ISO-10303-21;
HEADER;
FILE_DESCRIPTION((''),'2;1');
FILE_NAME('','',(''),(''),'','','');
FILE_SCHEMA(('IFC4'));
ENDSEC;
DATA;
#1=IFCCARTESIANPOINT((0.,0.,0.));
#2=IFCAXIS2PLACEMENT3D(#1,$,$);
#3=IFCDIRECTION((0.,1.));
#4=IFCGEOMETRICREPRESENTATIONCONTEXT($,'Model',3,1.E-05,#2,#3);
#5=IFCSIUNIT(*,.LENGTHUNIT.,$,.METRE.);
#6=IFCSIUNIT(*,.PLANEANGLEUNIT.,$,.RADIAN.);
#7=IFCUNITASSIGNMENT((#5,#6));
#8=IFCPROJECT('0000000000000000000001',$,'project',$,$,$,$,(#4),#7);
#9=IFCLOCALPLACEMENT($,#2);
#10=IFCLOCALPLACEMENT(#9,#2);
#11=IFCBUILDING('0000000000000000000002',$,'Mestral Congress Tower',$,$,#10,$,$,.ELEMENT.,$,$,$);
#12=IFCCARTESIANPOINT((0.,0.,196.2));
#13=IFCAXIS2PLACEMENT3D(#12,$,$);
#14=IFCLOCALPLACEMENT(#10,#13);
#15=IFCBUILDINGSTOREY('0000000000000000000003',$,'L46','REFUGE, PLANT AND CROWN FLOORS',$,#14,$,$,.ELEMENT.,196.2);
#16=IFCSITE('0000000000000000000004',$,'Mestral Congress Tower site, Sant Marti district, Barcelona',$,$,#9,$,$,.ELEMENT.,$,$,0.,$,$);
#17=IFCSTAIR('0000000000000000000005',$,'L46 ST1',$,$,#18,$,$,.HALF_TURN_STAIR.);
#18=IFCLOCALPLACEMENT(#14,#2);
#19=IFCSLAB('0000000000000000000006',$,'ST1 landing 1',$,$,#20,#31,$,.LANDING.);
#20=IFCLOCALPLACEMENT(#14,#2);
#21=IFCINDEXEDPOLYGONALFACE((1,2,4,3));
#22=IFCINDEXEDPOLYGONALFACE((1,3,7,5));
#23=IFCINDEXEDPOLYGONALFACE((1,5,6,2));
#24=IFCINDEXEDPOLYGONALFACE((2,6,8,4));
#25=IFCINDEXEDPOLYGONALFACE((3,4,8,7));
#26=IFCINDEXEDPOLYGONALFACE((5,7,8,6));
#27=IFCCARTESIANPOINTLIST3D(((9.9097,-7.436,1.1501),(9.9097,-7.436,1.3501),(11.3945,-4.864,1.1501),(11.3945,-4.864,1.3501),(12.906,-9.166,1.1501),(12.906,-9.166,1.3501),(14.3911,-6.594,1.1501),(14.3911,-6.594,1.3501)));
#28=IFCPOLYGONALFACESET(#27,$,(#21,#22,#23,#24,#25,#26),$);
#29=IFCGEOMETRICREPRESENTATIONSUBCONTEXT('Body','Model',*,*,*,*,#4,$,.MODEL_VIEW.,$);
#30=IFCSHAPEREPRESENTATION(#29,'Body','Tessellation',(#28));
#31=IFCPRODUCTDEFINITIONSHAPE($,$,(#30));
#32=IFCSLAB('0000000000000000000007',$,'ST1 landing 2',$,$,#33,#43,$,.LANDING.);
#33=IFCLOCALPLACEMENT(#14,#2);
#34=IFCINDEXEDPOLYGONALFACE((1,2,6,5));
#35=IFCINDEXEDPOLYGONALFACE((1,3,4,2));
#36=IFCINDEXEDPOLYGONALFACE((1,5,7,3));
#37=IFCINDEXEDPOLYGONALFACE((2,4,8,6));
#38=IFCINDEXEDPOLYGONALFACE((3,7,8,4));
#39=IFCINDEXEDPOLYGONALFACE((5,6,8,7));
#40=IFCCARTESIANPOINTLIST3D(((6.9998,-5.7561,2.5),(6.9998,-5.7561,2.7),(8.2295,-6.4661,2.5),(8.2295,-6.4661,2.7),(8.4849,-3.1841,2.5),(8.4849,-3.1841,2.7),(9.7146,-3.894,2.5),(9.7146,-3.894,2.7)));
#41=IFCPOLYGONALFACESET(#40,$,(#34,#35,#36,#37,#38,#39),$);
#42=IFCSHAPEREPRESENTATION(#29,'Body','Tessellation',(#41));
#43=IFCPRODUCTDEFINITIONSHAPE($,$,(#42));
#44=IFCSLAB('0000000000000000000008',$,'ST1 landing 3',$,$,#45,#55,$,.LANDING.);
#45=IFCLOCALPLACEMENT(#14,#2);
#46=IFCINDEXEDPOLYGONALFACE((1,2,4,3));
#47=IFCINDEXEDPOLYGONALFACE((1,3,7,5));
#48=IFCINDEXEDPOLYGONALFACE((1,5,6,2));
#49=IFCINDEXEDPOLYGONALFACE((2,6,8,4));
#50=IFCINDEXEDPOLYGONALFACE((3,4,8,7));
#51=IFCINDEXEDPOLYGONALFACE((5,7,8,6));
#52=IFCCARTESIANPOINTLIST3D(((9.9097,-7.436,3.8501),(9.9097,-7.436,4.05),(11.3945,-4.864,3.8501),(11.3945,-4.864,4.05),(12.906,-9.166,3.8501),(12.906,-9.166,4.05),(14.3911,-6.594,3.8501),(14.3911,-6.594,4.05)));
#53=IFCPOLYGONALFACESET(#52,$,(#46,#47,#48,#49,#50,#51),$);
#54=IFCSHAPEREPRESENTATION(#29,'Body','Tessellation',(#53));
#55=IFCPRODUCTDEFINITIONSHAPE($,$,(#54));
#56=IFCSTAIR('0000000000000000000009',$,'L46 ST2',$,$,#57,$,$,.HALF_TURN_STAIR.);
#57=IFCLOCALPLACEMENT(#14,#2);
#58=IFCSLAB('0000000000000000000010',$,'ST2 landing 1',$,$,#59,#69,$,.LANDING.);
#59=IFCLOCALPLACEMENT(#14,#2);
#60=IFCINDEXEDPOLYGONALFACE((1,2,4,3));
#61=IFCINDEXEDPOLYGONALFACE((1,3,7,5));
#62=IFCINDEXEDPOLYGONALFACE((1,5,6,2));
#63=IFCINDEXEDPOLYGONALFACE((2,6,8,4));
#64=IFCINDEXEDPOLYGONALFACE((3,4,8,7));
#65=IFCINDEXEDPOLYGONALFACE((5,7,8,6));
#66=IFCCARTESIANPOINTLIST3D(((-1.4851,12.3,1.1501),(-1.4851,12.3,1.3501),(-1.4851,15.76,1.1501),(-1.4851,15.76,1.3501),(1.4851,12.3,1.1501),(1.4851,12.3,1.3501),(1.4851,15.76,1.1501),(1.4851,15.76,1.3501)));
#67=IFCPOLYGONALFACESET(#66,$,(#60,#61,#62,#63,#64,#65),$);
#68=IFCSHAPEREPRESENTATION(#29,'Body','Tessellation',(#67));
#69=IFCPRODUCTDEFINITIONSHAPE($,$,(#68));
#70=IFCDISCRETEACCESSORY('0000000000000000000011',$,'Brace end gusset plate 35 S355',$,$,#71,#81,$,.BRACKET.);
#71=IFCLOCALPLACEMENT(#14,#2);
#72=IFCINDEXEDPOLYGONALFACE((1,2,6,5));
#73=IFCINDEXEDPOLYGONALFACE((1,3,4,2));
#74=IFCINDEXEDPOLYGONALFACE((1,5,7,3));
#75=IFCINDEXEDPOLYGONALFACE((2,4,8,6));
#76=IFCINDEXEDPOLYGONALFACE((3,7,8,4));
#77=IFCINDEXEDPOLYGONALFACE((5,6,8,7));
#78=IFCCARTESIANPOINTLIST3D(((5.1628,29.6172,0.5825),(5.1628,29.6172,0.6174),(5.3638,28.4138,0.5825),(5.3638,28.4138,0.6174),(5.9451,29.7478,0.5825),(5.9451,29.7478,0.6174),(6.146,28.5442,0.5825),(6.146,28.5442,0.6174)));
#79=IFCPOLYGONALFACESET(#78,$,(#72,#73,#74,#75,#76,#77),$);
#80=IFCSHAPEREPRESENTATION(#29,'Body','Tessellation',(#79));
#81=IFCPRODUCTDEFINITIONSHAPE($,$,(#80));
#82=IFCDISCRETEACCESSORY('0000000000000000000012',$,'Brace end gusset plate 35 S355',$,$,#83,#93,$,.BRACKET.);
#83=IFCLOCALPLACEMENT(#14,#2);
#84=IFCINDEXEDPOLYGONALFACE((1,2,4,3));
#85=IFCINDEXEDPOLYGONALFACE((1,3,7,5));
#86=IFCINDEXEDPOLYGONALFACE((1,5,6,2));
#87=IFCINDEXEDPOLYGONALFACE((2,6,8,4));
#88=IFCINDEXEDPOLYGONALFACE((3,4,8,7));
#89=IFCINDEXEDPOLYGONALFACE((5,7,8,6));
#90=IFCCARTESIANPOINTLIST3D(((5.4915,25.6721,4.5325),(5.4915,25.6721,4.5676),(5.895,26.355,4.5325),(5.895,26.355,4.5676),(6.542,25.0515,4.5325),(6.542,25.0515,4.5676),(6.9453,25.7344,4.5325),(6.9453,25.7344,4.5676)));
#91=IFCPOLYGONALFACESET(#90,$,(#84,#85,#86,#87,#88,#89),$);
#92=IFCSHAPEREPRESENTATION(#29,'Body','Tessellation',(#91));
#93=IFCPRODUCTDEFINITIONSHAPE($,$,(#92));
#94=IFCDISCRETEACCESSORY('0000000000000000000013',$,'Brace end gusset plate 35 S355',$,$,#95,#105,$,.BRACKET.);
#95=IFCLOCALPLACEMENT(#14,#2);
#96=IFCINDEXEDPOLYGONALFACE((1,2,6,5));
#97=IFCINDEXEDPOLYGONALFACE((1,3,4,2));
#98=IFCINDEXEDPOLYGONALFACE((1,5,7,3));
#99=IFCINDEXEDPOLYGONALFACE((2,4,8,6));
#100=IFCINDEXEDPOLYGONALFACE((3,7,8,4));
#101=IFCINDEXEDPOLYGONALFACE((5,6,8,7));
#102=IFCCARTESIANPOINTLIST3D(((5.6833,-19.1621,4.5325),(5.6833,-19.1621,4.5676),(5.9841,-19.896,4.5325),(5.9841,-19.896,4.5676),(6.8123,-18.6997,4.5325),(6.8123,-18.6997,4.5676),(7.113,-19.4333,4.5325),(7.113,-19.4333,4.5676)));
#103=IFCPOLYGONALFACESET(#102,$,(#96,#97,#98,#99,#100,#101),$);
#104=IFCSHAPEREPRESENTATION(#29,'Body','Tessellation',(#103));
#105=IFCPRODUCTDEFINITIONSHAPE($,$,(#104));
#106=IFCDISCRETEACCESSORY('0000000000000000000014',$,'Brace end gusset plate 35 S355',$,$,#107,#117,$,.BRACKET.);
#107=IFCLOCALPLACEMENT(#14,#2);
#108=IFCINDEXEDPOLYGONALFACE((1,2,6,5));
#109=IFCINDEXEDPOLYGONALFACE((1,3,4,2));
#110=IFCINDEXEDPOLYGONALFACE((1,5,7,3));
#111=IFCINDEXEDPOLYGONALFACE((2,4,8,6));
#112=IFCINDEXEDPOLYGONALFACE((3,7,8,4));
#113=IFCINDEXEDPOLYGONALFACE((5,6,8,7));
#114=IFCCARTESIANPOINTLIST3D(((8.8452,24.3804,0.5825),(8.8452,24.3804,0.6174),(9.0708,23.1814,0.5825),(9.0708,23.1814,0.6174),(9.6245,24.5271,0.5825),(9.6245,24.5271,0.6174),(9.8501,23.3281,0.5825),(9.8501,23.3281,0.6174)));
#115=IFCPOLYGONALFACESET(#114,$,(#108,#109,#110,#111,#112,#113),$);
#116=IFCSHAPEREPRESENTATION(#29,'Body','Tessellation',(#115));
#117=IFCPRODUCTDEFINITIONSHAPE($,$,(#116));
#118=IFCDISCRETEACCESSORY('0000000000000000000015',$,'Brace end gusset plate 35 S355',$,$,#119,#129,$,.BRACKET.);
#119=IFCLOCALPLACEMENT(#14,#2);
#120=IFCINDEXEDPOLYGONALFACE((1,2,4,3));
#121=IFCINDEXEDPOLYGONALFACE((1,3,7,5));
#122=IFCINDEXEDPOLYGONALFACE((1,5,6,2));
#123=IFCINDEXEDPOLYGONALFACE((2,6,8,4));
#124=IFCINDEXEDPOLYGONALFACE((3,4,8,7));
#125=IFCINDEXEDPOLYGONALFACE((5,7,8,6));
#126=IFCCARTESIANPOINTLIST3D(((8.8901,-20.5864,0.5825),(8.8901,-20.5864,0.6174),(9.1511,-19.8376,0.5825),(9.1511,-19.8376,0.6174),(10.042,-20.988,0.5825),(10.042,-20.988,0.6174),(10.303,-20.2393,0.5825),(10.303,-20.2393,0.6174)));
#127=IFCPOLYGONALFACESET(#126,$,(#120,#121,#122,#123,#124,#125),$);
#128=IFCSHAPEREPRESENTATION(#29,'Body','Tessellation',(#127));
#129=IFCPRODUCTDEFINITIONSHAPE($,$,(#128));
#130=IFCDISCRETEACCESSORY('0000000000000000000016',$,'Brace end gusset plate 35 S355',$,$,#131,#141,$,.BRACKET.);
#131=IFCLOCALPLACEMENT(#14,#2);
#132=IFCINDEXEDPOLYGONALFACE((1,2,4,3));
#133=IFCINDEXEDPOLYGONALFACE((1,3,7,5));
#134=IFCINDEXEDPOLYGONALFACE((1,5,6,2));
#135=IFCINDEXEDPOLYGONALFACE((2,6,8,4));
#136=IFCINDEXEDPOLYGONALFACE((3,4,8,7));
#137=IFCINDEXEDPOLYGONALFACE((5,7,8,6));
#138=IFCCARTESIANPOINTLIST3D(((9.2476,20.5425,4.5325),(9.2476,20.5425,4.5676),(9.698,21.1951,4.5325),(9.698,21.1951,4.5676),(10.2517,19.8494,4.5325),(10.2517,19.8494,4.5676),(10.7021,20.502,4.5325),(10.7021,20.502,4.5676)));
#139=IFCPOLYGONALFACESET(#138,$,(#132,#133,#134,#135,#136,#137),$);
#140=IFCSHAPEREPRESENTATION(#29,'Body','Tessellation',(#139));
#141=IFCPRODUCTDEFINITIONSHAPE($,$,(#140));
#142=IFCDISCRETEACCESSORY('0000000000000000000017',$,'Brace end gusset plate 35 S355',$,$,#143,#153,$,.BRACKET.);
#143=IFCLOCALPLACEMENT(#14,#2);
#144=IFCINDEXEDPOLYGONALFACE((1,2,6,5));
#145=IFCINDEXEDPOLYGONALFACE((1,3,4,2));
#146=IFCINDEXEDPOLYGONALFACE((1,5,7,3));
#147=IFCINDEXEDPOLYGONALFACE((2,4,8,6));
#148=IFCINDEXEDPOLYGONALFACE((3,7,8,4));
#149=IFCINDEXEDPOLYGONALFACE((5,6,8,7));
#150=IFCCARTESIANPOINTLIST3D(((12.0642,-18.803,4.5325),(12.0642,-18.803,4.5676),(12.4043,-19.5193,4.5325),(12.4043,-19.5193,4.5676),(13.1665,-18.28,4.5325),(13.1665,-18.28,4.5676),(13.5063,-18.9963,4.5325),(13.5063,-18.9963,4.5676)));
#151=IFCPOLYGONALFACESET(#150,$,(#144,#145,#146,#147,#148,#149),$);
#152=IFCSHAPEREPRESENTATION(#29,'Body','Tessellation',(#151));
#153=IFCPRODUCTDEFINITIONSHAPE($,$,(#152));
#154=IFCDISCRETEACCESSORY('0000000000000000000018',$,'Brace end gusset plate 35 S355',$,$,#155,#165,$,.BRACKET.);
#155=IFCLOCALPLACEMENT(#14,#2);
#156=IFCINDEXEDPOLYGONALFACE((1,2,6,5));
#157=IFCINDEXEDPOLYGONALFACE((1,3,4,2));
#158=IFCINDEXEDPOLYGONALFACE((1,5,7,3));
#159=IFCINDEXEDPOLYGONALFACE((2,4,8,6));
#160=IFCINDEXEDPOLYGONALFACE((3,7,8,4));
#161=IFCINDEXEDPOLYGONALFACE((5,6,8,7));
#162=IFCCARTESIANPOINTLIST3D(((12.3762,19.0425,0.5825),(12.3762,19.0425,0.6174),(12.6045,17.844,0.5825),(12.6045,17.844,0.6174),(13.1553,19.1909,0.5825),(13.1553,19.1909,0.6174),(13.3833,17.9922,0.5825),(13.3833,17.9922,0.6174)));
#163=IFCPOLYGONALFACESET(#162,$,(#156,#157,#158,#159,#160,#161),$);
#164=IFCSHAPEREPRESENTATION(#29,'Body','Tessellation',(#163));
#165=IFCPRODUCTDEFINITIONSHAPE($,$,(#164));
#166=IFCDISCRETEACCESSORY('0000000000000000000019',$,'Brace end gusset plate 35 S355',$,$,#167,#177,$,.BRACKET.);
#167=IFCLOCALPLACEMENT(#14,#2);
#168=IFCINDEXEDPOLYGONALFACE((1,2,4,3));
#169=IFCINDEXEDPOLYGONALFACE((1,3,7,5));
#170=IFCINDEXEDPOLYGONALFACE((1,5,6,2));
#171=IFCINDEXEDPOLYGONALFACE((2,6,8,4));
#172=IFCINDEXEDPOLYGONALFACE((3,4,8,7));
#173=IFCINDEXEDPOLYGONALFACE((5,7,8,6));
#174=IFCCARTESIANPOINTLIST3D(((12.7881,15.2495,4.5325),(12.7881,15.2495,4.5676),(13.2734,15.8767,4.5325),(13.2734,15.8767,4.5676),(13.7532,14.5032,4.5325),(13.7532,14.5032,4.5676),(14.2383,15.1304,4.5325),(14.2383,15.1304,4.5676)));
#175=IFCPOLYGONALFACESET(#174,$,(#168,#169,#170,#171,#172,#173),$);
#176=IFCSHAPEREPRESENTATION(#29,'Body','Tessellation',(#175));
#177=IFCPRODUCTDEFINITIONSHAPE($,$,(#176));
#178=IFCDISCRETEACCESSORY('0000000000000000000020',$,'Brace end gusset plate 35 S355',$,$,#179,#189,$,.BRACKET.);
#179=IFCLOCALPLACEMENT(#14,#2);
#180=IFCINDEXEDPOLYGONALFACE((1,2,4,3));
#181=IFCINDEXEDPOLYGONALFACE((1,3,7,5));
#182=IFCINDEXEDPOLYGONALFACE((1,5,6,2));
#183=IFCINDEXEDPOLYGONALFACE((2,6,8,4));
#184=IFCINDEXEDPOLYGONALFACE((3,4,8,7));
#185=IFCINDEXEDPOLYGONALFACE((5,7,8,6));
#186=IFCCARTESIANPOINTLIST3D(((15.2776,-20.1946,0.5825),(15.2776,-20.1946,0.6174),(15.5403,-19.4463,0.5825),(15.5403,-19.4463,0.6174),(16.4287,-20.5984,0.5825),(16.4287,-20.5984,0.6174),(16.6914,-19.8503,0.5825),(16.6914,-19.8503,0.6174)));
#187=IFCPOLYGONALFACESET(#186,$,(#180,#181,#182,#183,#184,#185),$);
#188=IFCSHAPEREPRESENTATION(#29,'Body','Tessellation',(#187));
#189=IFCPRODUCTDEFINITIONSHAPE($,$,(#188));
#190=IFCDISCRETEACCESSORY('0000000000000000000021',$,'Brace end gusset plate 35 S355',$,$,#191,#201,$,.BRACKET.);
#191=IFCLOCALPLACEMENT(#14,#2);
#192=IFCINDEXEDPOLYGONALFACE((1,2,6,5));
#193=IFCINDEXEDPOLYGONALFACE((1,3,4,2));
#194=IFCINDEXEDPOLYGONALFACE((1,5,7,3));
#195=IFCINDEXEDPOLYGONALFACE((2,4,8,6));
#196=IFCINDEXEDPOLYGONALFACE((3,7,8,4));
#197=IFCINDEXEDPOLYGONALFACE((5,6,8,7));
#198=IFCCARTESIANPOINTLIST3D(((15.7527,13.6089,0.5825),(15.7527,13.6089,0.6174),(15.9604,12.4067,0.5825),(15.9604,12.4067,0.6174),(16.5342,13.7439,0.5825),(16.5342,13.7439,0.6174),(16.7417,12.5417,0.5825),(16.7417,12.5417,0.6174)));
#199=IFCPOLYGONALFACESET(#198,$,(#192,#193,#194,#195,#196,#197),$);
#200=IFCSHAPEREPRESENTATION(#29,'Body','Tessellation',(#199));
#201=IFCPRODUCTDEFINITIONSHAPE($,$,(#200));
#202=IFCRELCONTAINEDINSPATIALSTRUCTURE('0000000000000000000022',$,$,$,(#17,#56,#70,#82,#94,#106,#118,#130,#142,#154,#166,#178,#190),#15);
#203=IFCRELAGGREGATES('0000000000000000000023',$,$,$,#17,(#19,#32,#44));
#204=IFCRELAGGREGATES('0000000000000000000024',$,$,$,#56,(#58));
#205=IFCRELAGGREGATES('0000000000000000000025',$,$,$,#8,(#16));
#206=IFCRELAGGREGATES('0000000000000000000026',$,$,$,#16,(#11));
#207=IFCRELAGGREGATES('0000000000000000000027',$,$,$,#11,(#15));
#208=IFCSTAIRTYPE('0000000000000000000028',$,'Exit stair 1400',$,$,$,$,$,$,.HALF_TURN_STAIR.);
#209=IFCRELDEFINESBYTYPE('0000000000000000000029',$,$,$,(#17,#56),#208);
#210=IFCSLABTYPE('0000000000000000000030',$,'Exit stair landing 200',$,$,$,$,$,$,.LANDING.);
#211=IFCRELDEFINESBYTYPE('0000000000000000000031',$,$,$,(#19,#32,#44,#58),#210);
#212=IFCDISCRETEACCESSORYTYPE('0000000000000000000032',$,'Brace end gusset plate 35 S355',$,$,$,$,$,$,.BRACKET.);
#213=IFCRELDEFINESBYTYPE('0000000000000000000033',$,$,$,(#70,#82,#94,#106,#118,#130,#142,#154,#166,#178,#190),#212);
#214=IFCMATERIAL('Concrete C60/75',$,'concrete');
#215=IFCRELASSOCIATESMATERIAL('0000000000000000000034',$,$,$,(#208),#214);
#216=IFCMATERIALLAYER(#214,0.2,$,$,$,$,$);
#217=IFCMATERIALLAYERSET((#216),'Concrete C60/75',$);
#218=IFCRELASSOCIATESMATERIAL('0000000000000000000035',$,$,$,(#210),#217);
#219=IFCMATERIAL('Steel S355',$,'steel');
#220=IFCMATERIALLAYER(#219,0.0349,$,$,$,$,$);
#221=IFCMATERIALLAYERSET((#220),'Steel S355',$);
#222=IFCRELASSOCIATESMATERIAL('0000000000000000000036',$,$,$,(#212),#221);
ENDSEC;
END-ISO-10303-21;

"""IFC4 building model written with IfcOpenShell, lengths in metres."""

from ifc_helpers import new_model, si_unit, direction, frame, origin, place, context, subcontext, project, spatial, polyline, outline, extrude, material, layer, layer_set, type_object, element, aggregate, save


model = new_model("IFC4")

# Units and contexts
model_context = context("Model", 3, precision=1e-05, world=origin(), true_north=direction((0.0, 1.0)))
body_context = subcontext(model_context, "Body", "Model", "MODEL_VIEW")
ifc_project = project(units=[si_unit("LENGTHUNIT", "METRE"), si_unit("PLANEANGLEUNIT", "RADIAN")], contexts=[model_context])

# Site, building, storey
site_placement = place(None, origin())
site = spatial("IfcSite", under=ifc_project, at=site_placement, Name="Mestral Congress Tower site, Sant Marti district, Barcelona", CompositionType="ELEMENT", RefElevation=0.0)
building_placement = place(site_placement, origin())
building = spatial("IfcBuilding", under=site, at=building_placement, Name="Mestral Congress Tower", CompositionType="ELEMENT")
storey_placement = place(building_placement, frame((0.0, 0.0, 196.2)))
storey = spatial("IfcBuildingStorey", under=building, at=storey_placement, Name="L46", Description="REFUGE, PLANT AND CROWN FLOORS", CompositionType="ELEMENT", Elevation=196.2)

# Stair, slabs
ifc_material_1 = material(Name="Concrete C60/75", Category="concrete")
stair_type = type_object("IfcStairType", Name="Exit stair 1400", PredefinedType="HALF_TURN_STAIR", material=ifc_material_1)
placement_1 = place(storey_placement, origin())
stair_1 = element("IfcStair", 1, at=placement_1, inside=storey, type_object=stair_type, Name="L46 ST1", PredefinedType="HALF_TURN_STAIR")
ifc_layer_1 = layer(ifc_material_1, 0.2)
ifc_layer_set_1 = layer_set([ifc_layer_1], Name="Concrete C60/75")
slab_type = type_object("IfcSlabType", Name="Exit stair landing 200", PredefinedType="LANDING", material=ifc_layer_set_1)
placement_2 = place(storey_placement, frame((0.0, 0.0, 1.1501)))
slab_1 = element("IfcSlab", 2, at=placement_2, type_object=slab_type, Name="ST1 landing 1", PredefinedType="LANDING", context=body_context, shape_type="SweptSolid", body=[
    extrude(outline(polyline([(9.9097, -7.436), (11.3945, -4.864), (14.3911, -6.594), (12.906, -9.166), (9.9097, -7.436)])), origin(), (0.0, 0.0, 1.0), 0.2),
])
slab_2_placement = place(storey_placement, frame((0.0, 0.0, 2.5)))
slab_2 = element("IfcSlab", 3, at=slab_2_placement, type_object=slab_type, Name="ST1 landing 2", PredefinedType="LANDING", context=body_context, shape_type="SweptSolid", body=[
    extrude(outline(polyline([(6.9998, -5.7561), (8.4849, -3.1841), (9.7146, -3.894), (8.2295, -6.4661), (6.9998, -5.7561)])), origin(), (0.0, 0.0, 1.0), 0.2),
])
slab_3_placement = place(storey_placement, frame((0.0, 0.0, 3.8501)))
slab_3 = element("IfcSlab", 4, at=slab_3_placement, type_object=slab_type, Name="ST1 landing 3", PredefinedType="LANDING", context=body_context, shape_type="SweptSolid", body=[
    extrude(outline(polyline([(9.9097, -7.436), (11.3945, -4.864), (14.3911, -6.594), (12.906, -9.166), (9.9097, -7.436)])), origin(), (0.0, 0.0, 1.0), 0.2),
])
aggregate(stair_1, [slab_1, slab_2, slab_3])

# Stair, slab
stair_2 = element("IfcStair", 5, at=placement_1, inside=storey, type_object=stair_type, Name="L46 ST2", PredefinedType="HALF_TURN_STAIR")
slab_4 = element("IfcSlab", 6, at=placement_2, type_object=slab_type, Name="ST2 landing 1", PredefinedType="LANDING", context=body_context, shape_type="SweptSolid", body=[
    extrude(outline(polyline([(1.4851, 12.3), (-1.4851, 12.3), (-1.4851, 15.76), (1.4851, 15.76), (1.4851, 12.3)])), origin(), (0.0, 0.0, 1.0), 0.2),
])
aggregate(stair_2, [slab_4])

# Discrete accessories
ifc_material_2 = material(Name="Steel S355", Category="steel")
ifc_layer_2 = layer(ifc_material_2, 0.0349)
ifc_layer_set_2 = layer_set([ifc_layer_2], Name="Steel S355")
discrete_accessory_type = type_object("IfcDiscreteAccessoryType", Name="Brace end gusset plate 35 S355", PredefinedType="BRACKET", material=ifc_layer_set_2)
placement_3 = place(storey_placement, frame((0.0, 0.0, 0.5825)))
element("IfcDiscreteAccessory", 7, at=placement_3, inside=storey, type_object=discrete_accessory_type, Name="Brace end gusset plate 35 S355", PredefinedType="BRACKET", context=body_context, shape_type="SweptSolid", body=[
    extrude(outline(polyline([(5.1628, 29.6172), (5.3638, 28.4138), (6.146, 28.5442), (5.9451, 29.7478), (5.1628, 29.6172)])), origin(), (0.0, 0.0, 1.0), 0.0349),
])
placement_4 = place(storey_placement, frame((0.0, 0.0, 4.5325)))
element("IfcDiscreteAccessory", 8, at=placement_4, inside=storey, type_object=discrete_accessory_type, Name="Brace end gusset plate 35 S355", PredefinedType="BRACKET", context=body_context, shape_type="SweptSolid", body=[
    extrude(outline(polyline([(5.4915, 25.6721), (6.542, 25.0515), (6.9453, 25.7344), (5.895, 26.355), (5.4915, 25.6721)])), origin(), (0.0, 0.0, 1.0), 0.0352),
])
element("IfcDiscreteAccessory", 9, at=placement_4, inside=storey, type_object=discrete_accessory_type, Name="Brace end gusset plate 35 S355", PredefinedType="BRACKET", context=body_context, shape_type="SweptSolid", body=[
    extrude(outline(polyline([(6.8123, -18.6997), (5.6833, -19.1621), (5.9841, -19.896), (7.113, -19.4333), (6.8123, -18.6997)])), origin(), (0.0, 0.0, 1.0), 0.0352),
])
element("IfcDiscreteAccessory", 10, at=placement_3, inside=storey, type_object=discrete_accessory_type, Name="Brace end gusset plate 35 S355", PredefinedType="BRACKET", context=body_context, shape_type="SweptSolid", body=[
    extrude(outline(polyline([(8.8452, 24.3804), (9.0708, 23.1814), (9.8501, 23.3281), (9.6245, 24.5271), (8.8452, 24.3804)])), origin(), (0.0, 0.0, 1.0), 0.0349),
])
element("IfcDiscreteAccessory", 11, at=placement_3, inside=storey, type_object=discrete_accessory_type, Name="Brace end gusset plate 35 S355", PredefinedType="BRACKET", context=body_context, shape_type="SweptSolid", body=[
    extrude(outline(polyline([(10.303, -20.2393), (9.1511, -19.8376), (8.8901, -20.5864), (10.042, -20.988), (10.303, -20.2393)])), origin(), (0.0, 0.0, 1.0), 0.0349),
])
element("IfcDiscreteAccessory", 12, at=placement_4, inside=storey, type_object=discrete_accessory_type, Name="Brace end gusset plate 35 S355", PredefinedType="BRACKET", context=body_context, shape_type="SweptSolid", body=[
    extrude(outline(polyline([(9.2476, 20.5425), (10.2517, 19.8494), (10.7021, 20.502), (9.698, 21.1951), (9.2476, 20.5425)])), origin(), (0.0, 0.0, 1.0), 0.0352),
])
element("IfcDiscreteAccessory", 13, at=placement_4, inside=storey, type_object=discrete_accessory_type, Name="Brace end gusset plate 35 S355", PredefinedType="BRACKET", context=body_context, shape_type="SweptSolid", body=[
    extrude(outline(polyline([(13.1665, -18.28), (12.0642, -18.803), (12.4043, -19.5193), (13.5063, -18.9963), (13.1665, -18.28)])), origin(), (0.0, 0.0, 1.0), 0.0352),
])
element("IfcDiscreteAccessory", 14, at=placement_3, inside=storey, type_object=discrete_accessory_type, Name="Brace end gusset plate 35 S355", PredefinedType="BRACKET", context=body_context, shape_type="SweptSolid", body=[
    extrude(outline(polyline([(12.3762, 19.0425), (12.6045, 17.844), (13.3833, 17.9922), (13.1553, 19.1909), (12.3762, 19.0425)])), origin(), (0.0, 0.0, 1.0), 0.0349),
])
element("IfcDiscreteAccessory", 15, at=placement_4, inside=storey, type_object=discrete_accessory_type, Name="Brace end gusset plate 35 S355", PredefinedType="BRACKET", context=body_context, shape_type="SweptSolid", body=[
    extrude(outline(polyline([(12.7881, 15.2495), (13.7532, 14.5032), (14.2383, 15.1304), (13.2734, 15.8767), (12.7881, 15.2495)])), origin(), (0.0, 0.0, 1.0), 0.0352),
])
element("IfcDiscreteAccessory", 16, at=placement_3, inside=storey, type_object=discrete_accessory_type, Name="Brace end gusset plate 35 S355", PredefinedType="BRACKET", context=body_context, shape_type="SweptSolid", body=[
    extrude(outline(polyline([(16.6914, -19.8503), (15.5403, -19.4463), (15.2776, -20.1946), (16.4287, -20.5984), (16.6914, -19.8503)])), origin(), (0.0, 0.0, 1.0), 0.0349),
])
element("IfcDiscreteAccessory", 17, at=placement_3, inside=storey, type_object=discrete_accessory_type, Name="Brace end gusset plate 35 S355", PredefinedType="BRACKET", context=body_context, shape_type="SweptSolid", body=[
    extrude(outline(polyline([(15.7527, 13.6089), (15.9604, 12.4067), (16.7417, 12.5417), (16.5342, 13.7439), (15.7527, 13.6089)])), origin(), (0.0, 0.0, 1.0), 0.0349),
])

save(model, "model.ifc")
